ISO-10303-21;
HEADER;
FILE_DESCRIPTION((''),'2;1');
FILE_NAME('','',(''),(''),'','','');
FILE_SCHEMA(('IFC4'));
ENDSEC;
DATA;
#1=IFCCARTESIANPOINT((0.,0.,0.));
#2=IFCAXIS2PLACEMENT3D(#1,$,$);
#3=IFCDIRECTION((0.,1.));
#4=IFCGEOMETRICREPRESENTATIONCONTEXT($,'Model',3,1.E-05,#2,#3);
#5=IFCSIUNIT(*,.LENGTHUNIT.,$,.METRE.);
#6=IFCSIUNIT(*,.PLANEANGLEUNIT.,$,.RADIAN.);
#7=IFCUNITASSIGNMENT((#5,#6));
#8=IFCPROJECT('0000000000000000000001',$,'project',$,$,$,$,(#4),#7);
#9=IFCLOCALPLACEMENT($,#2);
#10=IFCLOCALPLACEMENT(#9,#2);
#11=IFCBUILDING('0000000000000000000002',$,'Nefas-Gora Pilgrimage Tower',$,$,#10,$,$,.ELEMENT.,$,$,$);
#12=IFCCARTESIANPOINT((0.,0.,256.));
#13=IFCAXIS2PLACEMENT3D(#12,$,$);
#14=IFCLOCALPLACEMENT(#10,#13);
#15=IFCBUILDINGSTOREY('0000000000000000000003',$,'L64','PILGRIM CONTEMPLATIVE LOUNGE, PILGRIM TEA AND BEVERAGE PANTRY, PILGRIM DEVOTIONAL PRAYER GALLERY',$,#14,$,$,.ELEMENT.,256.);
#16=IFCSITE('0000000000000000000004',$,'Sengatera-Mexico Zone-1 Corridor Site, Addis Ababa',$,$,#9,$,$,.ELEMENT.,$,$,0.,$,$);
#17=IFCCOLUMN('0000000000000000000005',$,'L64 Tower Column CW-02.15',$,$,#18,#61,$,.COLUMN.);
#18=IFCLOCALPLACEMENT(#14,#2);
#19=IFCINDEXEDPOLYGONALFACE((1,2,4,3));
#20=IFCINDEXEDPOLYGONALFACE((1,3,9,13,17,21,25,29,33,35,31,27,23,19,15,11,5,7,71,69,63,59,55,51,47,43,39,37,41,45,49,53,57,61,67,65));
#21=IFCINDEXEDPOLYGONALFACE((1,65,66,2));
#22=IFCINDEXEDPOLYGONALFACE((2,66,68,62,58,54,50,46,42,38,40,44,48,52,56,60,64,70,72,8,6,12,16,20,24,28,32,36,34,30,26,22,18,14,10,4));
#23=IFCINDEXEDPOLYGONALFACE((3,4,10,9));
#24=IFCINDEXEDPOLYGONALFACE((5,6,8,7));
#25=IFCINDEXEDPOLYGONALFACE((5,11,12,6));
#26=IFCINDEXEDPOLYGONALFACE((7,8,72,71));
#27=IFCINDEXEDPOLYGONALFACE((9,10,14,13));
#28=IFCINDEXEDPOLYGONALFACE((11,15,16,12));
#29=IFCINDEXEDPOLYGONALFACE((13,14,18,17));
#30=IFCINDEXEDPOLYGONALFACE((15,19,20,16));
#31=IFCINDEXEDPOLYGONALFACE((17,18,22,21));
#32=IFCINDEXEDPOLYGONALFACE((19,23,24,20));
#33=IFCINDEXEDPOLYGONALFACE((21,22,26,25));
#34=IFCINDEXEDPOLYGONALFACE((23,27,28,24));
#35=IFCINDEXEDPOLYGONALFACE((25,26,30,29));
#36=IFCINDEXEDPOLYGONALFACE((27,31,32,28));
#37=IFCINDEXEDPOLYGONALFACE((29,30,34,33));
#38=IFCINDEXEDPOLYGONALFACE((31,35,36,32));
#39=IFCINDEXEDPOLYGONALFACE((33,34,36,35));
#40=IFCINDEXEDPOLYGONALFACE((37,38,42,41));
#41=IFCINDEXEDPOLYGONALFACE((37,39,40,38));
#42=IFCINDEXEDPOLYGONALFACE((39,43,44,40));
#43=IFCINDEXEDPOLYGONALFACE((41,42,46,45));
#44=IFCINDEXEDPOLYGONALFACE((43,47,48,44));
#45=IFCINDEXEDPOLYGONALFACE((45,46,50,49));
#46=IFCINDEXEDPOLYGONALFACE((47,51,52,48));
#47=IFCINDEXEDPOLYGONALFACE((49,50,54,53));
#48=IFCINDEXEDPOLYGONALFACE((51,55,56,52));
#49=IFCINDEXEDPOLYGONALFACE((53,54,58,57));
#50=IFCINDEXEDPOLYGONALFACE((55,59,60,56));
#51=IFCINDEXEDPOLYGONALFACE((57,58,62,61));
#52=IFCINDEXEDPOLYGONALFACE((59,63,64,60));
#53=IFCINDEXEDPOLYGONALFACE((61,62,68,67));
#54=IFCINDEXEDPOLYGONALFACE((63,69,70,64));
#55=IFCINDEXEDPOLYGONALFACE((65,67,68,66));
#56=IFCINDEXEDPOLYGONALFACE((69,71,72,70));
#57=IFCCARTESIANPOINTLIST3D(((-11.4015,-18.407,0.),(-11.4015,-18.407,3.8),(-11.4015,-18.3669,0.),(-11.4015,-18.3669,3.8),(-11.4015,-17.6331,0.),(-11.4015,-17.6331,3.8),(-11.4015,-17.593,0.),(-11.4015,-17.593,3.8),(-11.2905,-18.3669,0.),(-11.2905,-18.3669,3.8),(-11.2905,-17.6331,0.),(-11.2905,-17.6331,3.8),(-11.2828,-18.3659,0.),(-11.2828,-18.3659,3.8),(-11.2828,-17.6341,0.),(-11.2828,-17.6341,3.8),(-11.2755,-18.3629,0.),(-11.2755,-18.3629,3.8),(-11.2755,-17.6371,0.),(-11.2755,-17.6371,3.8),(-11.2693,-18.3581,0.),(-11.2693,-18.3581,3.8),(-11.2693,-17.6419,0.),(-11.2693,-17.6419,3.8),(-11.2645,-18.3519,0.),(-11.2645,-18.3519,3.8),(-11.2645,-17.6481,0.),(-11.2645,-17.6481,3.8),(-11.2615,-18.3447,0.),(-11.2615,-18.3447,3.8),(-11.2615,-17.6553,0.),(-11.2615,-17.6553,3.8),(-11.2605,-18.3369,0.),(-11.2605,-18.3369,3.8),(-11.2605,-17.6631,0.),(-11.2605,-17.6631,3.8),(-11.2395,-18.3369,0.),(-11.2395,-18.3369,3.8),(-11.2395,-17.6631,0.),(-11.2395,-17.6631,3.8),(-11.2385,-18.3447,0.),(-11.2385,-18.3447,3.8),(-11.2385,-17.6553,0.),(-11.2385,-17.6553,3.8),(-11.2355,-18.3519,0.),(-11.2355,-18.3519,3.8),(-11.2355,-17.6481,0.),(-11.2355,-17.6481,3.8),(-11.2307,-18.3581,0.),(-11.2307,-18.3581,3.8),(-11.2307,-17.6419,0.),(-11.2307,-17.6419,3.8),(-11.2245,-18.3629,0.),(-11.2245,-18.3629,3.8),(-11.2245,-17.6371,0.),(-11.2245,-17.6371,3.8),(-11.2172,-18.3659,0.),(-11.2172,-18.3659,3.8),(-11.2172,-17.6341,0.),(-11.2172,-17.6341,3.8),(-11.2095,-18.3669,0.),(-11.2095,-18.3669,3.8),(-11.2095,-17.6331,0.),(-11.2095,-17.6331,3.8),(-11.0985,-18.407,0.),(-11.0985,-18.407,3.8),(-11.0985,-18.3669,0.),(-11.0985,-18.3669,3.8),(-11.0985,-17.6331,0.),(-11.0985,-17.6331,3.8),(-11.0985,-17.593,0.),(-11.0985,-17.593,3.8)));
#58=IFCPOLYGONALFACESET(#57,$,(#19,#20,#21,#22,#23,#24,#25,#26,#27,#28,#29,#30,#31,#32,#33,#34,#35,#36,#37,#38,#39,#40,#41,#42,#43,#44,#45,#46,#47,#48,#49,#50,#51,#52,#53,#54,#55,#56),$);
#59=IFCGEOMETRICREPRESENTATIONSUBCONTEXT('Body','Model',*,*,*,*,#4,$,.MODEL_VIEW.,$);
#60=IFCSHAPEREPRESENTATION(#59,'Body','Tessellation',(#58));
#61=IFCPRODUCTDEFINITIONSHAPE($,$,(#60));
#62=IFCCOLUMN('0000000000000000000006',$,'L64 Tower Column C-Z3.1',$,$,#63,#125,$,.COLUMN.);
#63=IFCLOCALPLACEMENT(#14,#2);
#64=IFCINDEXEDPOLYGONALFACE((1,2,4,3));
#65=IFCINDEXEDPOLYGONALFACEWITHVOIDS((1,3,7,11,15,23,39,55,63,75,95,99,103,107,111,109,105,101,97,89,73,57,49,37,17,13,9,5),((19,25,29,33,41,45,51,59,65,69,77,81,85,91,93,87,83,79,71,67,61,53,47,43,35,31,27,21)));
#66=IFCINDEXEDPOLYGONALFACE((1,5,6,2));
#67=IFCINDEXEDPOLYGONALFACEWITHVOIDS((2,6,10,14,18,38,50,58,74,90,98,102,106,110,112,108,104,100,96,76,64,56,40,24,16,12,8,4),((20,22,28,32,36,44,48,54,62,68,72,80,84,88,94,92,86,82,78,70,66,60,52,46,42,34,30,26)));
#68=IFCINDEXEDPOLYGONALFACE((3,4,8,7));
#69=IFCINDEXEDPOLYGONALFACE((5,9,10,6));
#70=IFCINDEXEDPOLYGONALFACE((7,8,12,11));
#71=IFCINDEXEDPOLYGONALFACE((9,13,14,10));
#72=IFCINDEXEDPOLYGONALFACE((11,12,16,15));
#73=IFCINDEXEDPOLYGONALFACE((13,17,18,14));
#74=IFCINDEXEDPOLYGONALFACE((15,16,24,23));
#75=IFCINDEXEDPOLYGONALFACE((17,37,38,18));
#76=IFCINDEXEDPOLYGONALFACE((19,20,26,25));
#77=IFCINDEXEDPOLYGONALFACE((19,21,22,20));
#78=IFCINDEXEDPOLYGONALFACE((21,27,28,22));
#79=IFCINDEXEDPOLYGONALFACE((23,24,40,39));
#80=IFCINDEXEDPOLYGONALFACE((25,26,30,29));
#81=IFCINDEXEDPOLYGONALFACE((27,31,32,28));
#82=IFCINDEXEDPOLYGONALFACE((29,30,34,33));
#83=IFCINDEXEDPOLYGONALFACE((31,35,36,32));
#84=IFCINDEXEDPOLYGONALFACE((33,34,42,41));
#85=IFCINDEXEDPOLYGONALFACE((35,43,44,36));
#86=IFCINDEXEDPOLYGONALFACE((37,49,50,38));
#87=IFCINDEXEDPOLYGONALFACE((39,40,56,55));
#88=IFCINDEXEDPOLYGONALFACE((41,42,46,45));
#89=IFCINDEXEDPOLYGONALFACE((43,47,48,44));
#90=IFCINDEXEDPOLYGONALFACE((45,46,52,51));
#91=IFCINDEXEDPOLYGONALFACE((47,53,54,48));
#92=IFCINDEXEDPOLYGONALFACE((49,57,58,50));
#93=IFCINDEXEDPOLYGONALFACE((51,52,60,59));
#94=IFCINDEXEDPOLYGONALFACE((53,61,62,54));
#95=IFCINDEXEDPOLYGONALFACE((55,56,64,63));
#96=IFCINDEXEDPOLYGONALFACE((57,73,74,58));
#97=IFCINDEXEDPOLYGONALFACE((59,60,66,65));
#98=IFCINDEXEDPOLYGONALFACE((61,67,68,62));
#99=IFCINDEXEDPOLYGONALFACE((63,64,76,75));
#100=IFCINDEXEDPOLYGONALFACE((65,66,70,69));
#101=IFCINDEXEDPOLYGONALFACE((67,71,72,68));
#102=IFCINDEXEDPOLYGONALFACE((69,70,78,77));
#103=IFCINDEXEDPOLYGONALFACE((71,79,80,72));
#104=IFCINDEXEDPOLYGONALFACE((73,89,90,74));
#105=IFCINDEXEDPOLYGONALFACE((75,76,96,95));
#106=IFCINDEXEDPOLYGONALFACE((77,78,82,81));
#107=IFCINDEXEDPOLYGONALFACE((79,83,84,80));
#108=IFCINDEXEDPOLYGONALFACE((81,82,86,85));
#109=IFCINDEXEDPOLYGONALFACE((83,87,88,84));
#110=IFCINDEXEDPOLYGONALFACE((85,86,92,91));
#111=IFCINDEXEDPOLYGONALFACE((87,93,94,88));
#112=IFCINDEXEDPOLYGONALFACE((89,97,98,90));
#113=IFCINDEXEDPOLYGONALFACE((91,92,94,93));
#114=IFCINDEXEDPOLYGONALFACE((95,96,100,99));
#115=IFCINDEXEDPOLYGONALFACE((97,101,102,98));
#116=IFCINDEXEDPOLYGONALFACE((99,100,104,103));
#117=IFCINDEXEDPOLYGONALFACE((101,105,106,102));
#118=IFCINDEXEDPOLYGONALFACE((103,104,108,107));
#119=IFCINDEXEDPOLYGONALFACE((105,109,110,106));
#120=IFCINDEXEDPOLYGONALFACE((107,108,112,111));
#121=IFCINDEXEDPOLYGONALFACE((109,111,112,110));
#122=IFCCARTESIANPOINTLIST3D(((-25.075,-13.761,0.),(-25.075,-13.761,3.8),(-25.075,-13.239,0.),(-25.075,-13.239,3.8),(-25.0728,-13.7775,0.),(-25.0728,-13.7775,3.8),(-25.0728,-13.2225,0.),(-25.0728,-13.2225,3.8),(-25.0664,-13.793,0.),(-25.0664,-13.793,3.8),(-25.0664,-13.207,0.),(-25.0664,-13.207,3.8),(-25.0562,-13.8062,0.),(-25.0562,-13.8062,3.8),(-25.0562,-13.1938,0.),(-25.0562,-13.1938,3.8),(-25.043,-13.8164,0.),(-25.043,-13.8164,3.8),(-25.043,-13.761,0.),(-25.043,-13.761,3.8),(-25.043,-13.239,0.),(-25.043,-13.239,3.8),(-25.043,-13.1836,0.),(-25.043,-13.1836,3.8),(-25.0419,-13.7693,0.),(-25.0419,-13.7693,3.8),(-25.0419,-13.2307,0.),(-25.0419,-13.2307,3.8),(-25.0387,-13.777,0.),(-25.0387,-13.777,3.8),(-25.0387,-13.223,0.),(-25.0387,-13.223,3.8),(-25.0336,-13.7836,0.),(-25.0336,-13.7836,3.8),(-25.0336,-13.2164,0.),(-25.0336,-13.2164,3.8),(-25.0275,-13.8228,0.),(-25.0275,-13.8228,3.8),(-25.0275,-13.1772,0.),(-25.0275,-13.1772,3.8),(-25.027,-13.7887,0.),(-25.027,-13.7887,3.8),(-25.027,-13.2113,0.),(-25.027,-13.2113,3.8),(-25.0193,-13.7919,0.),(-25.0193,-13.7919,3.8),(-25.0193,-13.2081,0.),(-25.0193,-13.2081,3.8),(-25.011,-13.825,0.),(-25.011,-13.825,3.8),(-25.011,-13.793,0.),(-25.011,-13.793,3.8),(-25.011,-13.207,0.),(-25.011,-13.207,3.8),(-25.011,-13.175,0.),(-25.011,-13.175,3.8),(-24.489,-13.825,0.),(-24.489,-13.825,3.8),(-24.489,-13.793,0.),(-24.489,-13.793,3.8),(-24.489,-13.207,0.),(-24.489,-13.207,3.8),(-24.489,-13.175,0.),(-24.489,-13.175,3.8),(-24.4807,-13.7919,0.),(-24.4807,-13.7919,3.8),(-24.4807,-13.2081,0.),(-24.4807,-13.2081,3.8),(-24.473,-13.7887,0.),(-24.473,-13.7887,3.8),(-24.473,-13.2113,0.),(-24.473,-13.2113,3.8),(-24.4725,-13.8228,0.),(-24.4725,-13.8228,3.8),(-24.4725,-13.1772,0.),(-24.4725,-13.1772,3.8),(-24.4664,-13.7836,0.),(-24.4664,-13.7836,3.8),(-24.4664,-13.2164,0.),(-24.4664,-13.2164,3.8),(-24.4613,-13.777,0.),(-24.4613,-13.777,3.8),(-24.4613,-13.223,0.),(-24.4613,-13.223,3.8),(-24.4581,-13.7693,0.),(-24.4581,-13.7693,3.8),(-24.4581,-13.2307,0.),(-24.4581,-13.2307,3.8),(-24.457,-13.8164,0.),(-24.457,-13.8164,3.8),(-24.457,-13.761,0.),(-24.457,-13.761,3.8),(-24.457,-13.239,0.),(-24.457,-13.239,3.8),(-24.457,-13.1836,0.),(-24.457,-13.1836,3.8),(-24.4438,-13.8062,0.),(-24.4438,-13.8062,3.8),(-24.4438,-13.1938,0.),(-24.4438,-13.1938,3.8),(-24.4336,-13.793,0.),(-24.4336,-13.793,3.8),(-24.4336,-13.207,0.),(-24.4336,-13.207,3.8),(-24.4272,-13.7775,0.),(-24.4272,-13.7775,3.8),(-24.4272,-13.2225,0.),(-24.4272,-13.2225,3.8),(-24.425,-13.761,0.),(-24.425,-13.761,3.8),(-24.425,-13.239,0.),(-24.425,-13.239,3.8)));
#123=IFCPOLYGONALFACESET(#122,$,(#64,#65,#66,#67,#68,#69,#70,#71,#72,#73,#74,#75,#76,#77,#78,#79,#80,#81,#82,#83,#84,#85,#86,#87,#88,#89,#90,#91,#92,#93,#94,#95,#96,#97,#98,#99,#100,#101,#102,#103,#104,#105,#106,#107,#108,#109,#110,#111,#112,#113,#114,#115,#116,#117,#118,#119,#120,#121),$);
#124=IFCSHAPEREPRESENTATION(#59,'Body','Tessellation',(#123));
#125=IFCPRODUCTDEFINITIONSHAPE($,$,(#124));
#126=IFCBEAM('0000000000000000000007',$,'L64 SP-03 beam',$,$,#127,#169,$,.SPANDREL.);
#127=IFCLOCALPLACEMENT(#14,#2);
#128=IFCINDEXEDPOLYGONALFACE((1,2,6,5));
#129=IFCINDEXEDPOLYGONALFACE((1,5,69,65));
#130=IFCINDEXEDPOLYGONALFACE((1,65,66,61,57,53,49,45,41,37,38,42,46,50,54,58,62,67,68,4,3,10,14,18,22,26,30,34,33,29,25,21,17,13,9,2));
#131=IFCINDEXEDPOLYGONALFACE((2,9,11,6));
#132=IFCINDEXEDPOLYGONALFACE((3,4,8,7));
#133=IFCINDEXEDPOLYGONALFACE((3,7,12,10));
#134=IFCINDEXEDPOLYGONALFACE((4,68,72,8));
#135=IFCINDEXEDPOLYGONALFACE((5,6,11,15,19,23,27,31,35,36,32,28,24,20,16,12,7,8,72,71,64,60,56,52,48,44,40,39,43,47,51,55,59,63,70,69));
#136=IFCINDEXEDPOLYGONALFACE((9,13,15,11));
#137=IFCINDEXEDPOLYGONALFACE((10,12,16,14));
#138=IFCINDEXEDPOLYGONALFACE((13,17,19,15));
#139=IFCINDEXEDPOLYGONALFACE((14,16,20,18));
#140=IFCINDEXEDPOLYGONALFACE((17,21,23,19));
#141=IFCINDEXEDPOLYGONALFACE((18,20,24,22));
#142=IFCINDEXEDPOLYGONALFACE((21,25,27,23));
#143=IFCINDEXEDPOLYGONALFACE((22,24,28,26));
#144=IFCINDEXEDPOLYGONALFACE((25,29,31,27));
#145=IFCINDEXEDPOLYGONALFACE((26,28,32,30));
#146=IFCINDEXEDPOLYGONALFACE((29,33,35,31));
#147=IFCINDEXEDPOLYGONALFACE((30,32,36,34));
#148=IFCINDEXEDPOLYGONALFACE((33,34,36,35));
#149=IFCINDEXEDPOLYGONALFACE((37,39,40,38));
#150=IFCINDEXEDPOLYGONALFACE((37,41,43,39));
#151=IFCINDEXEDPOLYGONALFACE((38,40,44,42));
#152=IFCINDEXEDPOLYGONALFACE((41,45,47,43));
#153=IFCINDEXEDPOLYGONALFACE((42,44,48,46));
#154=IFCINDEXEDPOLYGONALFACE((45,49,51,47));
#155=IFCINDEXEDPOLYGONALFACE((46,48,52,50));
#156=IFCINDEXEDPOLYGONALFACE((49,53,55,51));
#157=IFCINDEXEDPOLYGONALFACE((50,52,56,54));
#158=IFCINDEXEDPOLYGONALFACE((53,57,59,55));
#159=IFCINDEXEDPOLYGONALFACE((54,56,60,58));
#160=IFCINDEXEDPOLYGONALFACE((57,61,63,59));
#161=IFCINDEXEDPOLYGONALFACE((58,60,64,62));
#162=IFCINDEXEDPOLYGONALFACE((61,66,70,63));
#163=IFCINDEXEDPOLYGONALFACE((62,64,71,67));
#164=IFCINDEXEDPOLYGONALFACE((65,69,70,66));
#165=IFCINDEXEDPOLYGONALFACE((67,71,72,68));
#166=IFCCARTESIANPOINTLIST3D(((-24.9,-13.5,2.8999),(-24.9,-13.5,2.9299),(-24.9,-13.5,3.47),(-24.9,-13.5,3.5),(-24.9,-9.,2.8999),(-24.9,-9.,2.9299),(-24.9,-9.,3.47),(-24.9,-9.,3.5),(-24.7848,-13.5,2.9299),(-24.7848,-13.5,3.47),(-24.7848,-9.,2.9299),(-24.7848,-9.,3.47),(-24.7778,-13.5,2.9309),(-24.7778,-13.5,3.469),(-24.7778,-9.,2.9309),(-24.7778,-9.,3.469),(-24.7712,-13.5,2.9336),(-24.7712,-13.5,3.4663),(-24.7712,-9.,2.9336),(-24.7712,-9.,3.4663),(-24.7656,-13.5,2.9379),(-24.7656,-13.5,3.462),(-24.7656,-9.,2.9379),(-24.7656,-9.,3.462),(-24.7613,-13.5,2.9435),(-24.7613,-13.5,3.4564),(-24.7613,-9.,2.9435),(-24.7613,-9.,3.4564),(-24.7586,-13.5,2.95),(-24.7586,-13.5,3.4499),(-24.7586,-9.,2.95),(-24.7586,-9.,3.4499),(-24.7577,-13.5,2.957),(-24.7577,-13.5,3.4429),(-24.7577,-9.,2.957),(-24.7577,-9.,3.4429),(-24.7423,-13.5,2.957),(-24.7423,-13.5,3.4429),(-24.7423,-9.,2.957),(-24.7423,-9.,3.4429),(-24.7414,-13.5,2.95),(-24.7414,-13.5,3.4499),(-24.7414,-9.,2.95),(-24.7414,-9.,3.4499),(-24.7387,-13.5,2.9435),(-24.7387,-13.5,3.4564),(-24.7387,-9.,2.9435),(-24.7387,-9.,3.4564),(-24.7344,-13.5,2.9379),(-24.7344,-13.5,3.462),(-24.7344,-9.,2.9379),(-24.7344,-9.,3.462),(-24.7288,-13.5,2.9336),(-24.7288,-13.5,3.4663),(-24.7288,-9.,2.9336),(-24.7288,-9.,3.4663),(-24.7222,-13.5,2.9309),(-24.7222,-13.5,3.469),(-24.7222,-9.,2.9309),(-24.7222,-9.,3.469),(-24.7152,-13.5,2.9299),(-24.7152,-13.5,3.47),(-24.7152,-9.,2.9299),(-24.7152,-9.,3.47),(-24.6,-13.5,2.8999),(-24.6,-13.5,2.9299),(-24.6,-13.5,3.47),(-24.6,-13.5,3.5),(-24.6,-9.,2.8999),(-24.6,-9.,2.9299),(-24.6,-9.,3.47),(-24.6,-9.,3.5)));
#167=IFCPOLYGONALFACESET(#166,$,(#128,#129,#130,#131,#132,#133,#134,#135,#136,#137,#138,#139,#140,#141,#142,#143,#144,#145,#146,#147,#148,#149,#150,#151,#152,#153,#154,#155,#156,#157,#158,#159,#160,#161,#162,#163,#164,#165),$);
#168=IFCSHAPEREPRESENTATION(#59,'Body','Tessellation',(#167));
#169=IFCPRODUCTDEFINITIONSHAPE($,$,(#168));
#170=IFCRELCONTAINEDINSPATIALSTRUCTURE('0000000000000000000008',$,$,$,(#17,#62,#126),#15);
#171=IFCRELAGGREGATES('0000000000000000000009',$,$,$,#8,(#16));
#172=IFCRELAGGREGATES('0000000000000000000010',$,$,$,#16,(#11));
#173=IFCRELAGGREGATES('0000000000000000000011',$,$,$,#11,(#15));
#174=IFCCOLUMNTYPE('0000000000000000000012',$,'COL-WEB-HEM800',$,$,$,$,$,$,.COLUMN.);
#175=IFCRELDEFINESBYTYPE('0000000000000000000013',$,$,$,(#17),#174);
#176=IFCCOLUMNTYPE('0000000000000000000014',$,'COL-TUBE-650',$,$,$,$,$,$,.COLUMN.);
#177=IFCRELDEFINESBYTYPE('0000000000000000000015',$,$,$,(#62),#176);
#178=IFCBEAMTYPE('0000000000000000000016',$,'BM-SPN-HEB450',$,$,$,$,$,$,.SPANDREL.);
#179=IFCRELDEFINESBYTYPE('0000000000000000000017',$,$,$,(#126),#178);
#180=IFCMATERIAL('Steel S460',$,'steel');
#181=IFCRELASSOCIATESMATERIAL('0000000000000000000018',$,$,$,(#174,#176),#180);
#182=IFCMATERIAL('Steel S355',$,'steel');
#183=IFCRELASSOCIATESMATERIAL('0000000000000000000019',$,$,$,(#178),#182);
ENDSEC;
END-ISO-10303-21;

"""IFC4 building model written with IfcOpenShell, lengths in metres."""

from ifc_helpers import new_model, si_unit, direction, frame, origin, origin_2d, place, context, subcontext, project, spatial, hollow_rectangle, i_section, extrude, source, transform, mapped, material, material_profile, profile_set, type_object, element, save


model = new_model("IFC4")

# Units and contexts
model_context = context("Model", 3, precision=1e-05, world=origin(), true_north=direction((0.0, 1.0)))
body_context = subcontext(model_context, "Body", "Model", "MODEL_VIEW")
ifc_project = project(units=[si_unit("LENGTHUNIT", "METRE"), si_unit("PLANEANGLEUNIT", "RADIAN")], contexts=[model_context])

# Site, building, storey
site_placement = place(None, origin())
site = spatial("IfcSite", under=ifc_project, at=site_placement, Name="Sengatera-Mexico Zone-1 Corridor Site, Addis Ababa", CompositionType="ELEMENT", RefElevation=0.0)
building_placement = place(site_placement, origin())
building = spatial("IfcBuilding", under=site, at=building_placement, Name="Nefas-Gora Pilgrimage Tower", CompositionType="ELEMENT")
storey_placement = place(building_placement, frame((0.0, 0.0, 256.0)))
storey = spatial("IfcBuildingStorey", under=building, at=storey_placement, Name="L64", Description="PILGRIM CONTEMPLATIVE LOUNGE, PILGRIM TEA AND BEVERAGE PANTRY, PILGRIM DEVOTIONAL PRAYER GALLERY", CompositionType="ELEMENT", Elevation=256.0)

# Columns
ifc_material_1 = material(Name="Steel S460", Category="steel")
ifc_material_profile_1 = material_profile(ifc_material_1, i_section(OverallWidth=0.303, OverallDepth=0.814, WebThickness=0.021, FlangeThickness=0.04, FilletRadius=0.03, at=origin_2d()), Name="HEM 800")
ifc_profile_set_1 = profile_set([ifc_material_profile_1], Name="Steel S460")
column_type_1 = type_object("IfcColumnType", Name="COL-WEB-HEM800", PredefinedType="COLUMN", material=ifc_profile_set_1)
shared_shape_1 = source(origin(), body_context, "Body", "SweptSolid", [
    extrude(i_section(OverallWidth=0.303, OverallDepth=0.814, WebThickness=0.021, FlangeThickness=0.04, FilletRadius=0.03, at=origin_2d()), origin(), (0.0, 0.0, 1.0), 3.8),
])
column_1_placement = place(storey_placement, frame((-11.25, -18.0, 0.0), z_axis=(0.0, 0.0, 1.0), x_axis=(1.0, 0.0, 0.0)))
element("IfcColumn", 1, at=column_1_placement, inside=storey, type_object=column_type_1, Name="L64 Tower Column CW-02.15", PredefinedType="COLUMN", context=body_context, shape_type="MappedRepresentation", body=[
    mapped(shared_shape_1, transform((0.0, 0.0, 0.0), x_axis=(1.0, 0.0, 0.0), y_axis=(0.0, 1.0, 0.0), z_axis=(0.0, 0.0, 1.0), scale=1.0)),
])
ifc_material_profile_2 = material_profile(ifc_material_1, hollow_rectangle(XDim=0.6499, YDim=0.6499, WallThickness=0.032, InnerFilletRadius=0.032, OuterFilletRadius=0.064, at=origin_2d()), Name="BOX 650x650x32")
ifc_profile_set_2 = profile_set([ifc_material_profile_2], Name="Steel S460")
column_type_2 = type_object("IfcColumnType", Name="COL-TUBE-650", PredefinedType="COLUMN", material=ifc_profile_set_2)
shared_shape_2 = source(origin(), body_context, "Body", "SweptSolid", [
    extrude(hollow_rectangle(XDim=0.6499, YDim=0.6499, WallThickness=0.032, InnerFilletRadius=0.032, OuterFilletRadius=0.064, at=origin_2d()), origin(), (0.0, 0.0, 1.0), 3.8),
])
column_2_placement = place(storey_placement, frame((-24.75, -13.5, 0.0), z_axis=(0.0, 0.0, 1.0), x_axis=(1.0, 0.0, 0.0)))
element("IfcColumn", 2, at=column_2_placement, inside=storey, type_object=column_type_2, Name="L64 Tower Column C-Z3.1", PredefinedType="COLUMN", context=body_context, shape_type="MappedRepresentation", body=[
    mapped(shared_shape_2, transform((0.0, 0.0, 0.0), x_axis=(1.0, 0.0, 0.0), y_axis=(0.0, 1.0, 0.0), z_axis=(0.0, 0.0, 1.0), scale=1.0)),
])

# Beam
ifc_material_2 = material(Name="Steel S355", Category="steel")
ifc_material_profile_3 = material_profile(ifc_material_2, i_section(OverallWidth=0.3, OverallDepth=0.6001, WebThickness=0.0154, FlangeThickness=0.03, FilletRadius=0.0271, at=origin_2d()), Name="HEB 600")
ifc_profile_set_3 = profile_set([ifc_material_profile_3], Name="Steel S355")
beam_type_1 = type_object("IfcBeamType", Name="BM-SPN-HEB450", PredefinedType="SPANDREL", material=ifc_profile_set_3)
shared_shape_3 = source(origin(), body_context, "Body", "SweptSolid", [
    extrude(i_section(OverallWidth=0.3, OverallDepth=0.6001, WebThickness=0.0154, FlangeThickness=0.03, FilletRadius=0.0271, at=origin_2d()), origin(), (0.0, 0.0, 1.0), 4.5),
])
beam_1_placement = place(storey_placement, frame((-24.75, -13.5, 3.2), z_axis=(0.0, 1.0, 0.0), x_axis=(-1.0, 0.0, 0.0)))
element("IfcBeam", 3, at=beam_1_placement, inside=storey, type_object=beam_type_1, Name="L64 SP-03 beam", PredefinedType="SPANDREL", context=body_context, shape_type="MappedRepresentation", body=[
    mapped(shared_shape_3, transform((0.0, 0.0, 0.0), x_axis=(1.0, 0.0, 0.0), y_axis=(0.0, 1.0, 0.0), z_axis=(0.0, 0.0, 1.0), scale=1.0)),
])

save(model, "model.ifc")
